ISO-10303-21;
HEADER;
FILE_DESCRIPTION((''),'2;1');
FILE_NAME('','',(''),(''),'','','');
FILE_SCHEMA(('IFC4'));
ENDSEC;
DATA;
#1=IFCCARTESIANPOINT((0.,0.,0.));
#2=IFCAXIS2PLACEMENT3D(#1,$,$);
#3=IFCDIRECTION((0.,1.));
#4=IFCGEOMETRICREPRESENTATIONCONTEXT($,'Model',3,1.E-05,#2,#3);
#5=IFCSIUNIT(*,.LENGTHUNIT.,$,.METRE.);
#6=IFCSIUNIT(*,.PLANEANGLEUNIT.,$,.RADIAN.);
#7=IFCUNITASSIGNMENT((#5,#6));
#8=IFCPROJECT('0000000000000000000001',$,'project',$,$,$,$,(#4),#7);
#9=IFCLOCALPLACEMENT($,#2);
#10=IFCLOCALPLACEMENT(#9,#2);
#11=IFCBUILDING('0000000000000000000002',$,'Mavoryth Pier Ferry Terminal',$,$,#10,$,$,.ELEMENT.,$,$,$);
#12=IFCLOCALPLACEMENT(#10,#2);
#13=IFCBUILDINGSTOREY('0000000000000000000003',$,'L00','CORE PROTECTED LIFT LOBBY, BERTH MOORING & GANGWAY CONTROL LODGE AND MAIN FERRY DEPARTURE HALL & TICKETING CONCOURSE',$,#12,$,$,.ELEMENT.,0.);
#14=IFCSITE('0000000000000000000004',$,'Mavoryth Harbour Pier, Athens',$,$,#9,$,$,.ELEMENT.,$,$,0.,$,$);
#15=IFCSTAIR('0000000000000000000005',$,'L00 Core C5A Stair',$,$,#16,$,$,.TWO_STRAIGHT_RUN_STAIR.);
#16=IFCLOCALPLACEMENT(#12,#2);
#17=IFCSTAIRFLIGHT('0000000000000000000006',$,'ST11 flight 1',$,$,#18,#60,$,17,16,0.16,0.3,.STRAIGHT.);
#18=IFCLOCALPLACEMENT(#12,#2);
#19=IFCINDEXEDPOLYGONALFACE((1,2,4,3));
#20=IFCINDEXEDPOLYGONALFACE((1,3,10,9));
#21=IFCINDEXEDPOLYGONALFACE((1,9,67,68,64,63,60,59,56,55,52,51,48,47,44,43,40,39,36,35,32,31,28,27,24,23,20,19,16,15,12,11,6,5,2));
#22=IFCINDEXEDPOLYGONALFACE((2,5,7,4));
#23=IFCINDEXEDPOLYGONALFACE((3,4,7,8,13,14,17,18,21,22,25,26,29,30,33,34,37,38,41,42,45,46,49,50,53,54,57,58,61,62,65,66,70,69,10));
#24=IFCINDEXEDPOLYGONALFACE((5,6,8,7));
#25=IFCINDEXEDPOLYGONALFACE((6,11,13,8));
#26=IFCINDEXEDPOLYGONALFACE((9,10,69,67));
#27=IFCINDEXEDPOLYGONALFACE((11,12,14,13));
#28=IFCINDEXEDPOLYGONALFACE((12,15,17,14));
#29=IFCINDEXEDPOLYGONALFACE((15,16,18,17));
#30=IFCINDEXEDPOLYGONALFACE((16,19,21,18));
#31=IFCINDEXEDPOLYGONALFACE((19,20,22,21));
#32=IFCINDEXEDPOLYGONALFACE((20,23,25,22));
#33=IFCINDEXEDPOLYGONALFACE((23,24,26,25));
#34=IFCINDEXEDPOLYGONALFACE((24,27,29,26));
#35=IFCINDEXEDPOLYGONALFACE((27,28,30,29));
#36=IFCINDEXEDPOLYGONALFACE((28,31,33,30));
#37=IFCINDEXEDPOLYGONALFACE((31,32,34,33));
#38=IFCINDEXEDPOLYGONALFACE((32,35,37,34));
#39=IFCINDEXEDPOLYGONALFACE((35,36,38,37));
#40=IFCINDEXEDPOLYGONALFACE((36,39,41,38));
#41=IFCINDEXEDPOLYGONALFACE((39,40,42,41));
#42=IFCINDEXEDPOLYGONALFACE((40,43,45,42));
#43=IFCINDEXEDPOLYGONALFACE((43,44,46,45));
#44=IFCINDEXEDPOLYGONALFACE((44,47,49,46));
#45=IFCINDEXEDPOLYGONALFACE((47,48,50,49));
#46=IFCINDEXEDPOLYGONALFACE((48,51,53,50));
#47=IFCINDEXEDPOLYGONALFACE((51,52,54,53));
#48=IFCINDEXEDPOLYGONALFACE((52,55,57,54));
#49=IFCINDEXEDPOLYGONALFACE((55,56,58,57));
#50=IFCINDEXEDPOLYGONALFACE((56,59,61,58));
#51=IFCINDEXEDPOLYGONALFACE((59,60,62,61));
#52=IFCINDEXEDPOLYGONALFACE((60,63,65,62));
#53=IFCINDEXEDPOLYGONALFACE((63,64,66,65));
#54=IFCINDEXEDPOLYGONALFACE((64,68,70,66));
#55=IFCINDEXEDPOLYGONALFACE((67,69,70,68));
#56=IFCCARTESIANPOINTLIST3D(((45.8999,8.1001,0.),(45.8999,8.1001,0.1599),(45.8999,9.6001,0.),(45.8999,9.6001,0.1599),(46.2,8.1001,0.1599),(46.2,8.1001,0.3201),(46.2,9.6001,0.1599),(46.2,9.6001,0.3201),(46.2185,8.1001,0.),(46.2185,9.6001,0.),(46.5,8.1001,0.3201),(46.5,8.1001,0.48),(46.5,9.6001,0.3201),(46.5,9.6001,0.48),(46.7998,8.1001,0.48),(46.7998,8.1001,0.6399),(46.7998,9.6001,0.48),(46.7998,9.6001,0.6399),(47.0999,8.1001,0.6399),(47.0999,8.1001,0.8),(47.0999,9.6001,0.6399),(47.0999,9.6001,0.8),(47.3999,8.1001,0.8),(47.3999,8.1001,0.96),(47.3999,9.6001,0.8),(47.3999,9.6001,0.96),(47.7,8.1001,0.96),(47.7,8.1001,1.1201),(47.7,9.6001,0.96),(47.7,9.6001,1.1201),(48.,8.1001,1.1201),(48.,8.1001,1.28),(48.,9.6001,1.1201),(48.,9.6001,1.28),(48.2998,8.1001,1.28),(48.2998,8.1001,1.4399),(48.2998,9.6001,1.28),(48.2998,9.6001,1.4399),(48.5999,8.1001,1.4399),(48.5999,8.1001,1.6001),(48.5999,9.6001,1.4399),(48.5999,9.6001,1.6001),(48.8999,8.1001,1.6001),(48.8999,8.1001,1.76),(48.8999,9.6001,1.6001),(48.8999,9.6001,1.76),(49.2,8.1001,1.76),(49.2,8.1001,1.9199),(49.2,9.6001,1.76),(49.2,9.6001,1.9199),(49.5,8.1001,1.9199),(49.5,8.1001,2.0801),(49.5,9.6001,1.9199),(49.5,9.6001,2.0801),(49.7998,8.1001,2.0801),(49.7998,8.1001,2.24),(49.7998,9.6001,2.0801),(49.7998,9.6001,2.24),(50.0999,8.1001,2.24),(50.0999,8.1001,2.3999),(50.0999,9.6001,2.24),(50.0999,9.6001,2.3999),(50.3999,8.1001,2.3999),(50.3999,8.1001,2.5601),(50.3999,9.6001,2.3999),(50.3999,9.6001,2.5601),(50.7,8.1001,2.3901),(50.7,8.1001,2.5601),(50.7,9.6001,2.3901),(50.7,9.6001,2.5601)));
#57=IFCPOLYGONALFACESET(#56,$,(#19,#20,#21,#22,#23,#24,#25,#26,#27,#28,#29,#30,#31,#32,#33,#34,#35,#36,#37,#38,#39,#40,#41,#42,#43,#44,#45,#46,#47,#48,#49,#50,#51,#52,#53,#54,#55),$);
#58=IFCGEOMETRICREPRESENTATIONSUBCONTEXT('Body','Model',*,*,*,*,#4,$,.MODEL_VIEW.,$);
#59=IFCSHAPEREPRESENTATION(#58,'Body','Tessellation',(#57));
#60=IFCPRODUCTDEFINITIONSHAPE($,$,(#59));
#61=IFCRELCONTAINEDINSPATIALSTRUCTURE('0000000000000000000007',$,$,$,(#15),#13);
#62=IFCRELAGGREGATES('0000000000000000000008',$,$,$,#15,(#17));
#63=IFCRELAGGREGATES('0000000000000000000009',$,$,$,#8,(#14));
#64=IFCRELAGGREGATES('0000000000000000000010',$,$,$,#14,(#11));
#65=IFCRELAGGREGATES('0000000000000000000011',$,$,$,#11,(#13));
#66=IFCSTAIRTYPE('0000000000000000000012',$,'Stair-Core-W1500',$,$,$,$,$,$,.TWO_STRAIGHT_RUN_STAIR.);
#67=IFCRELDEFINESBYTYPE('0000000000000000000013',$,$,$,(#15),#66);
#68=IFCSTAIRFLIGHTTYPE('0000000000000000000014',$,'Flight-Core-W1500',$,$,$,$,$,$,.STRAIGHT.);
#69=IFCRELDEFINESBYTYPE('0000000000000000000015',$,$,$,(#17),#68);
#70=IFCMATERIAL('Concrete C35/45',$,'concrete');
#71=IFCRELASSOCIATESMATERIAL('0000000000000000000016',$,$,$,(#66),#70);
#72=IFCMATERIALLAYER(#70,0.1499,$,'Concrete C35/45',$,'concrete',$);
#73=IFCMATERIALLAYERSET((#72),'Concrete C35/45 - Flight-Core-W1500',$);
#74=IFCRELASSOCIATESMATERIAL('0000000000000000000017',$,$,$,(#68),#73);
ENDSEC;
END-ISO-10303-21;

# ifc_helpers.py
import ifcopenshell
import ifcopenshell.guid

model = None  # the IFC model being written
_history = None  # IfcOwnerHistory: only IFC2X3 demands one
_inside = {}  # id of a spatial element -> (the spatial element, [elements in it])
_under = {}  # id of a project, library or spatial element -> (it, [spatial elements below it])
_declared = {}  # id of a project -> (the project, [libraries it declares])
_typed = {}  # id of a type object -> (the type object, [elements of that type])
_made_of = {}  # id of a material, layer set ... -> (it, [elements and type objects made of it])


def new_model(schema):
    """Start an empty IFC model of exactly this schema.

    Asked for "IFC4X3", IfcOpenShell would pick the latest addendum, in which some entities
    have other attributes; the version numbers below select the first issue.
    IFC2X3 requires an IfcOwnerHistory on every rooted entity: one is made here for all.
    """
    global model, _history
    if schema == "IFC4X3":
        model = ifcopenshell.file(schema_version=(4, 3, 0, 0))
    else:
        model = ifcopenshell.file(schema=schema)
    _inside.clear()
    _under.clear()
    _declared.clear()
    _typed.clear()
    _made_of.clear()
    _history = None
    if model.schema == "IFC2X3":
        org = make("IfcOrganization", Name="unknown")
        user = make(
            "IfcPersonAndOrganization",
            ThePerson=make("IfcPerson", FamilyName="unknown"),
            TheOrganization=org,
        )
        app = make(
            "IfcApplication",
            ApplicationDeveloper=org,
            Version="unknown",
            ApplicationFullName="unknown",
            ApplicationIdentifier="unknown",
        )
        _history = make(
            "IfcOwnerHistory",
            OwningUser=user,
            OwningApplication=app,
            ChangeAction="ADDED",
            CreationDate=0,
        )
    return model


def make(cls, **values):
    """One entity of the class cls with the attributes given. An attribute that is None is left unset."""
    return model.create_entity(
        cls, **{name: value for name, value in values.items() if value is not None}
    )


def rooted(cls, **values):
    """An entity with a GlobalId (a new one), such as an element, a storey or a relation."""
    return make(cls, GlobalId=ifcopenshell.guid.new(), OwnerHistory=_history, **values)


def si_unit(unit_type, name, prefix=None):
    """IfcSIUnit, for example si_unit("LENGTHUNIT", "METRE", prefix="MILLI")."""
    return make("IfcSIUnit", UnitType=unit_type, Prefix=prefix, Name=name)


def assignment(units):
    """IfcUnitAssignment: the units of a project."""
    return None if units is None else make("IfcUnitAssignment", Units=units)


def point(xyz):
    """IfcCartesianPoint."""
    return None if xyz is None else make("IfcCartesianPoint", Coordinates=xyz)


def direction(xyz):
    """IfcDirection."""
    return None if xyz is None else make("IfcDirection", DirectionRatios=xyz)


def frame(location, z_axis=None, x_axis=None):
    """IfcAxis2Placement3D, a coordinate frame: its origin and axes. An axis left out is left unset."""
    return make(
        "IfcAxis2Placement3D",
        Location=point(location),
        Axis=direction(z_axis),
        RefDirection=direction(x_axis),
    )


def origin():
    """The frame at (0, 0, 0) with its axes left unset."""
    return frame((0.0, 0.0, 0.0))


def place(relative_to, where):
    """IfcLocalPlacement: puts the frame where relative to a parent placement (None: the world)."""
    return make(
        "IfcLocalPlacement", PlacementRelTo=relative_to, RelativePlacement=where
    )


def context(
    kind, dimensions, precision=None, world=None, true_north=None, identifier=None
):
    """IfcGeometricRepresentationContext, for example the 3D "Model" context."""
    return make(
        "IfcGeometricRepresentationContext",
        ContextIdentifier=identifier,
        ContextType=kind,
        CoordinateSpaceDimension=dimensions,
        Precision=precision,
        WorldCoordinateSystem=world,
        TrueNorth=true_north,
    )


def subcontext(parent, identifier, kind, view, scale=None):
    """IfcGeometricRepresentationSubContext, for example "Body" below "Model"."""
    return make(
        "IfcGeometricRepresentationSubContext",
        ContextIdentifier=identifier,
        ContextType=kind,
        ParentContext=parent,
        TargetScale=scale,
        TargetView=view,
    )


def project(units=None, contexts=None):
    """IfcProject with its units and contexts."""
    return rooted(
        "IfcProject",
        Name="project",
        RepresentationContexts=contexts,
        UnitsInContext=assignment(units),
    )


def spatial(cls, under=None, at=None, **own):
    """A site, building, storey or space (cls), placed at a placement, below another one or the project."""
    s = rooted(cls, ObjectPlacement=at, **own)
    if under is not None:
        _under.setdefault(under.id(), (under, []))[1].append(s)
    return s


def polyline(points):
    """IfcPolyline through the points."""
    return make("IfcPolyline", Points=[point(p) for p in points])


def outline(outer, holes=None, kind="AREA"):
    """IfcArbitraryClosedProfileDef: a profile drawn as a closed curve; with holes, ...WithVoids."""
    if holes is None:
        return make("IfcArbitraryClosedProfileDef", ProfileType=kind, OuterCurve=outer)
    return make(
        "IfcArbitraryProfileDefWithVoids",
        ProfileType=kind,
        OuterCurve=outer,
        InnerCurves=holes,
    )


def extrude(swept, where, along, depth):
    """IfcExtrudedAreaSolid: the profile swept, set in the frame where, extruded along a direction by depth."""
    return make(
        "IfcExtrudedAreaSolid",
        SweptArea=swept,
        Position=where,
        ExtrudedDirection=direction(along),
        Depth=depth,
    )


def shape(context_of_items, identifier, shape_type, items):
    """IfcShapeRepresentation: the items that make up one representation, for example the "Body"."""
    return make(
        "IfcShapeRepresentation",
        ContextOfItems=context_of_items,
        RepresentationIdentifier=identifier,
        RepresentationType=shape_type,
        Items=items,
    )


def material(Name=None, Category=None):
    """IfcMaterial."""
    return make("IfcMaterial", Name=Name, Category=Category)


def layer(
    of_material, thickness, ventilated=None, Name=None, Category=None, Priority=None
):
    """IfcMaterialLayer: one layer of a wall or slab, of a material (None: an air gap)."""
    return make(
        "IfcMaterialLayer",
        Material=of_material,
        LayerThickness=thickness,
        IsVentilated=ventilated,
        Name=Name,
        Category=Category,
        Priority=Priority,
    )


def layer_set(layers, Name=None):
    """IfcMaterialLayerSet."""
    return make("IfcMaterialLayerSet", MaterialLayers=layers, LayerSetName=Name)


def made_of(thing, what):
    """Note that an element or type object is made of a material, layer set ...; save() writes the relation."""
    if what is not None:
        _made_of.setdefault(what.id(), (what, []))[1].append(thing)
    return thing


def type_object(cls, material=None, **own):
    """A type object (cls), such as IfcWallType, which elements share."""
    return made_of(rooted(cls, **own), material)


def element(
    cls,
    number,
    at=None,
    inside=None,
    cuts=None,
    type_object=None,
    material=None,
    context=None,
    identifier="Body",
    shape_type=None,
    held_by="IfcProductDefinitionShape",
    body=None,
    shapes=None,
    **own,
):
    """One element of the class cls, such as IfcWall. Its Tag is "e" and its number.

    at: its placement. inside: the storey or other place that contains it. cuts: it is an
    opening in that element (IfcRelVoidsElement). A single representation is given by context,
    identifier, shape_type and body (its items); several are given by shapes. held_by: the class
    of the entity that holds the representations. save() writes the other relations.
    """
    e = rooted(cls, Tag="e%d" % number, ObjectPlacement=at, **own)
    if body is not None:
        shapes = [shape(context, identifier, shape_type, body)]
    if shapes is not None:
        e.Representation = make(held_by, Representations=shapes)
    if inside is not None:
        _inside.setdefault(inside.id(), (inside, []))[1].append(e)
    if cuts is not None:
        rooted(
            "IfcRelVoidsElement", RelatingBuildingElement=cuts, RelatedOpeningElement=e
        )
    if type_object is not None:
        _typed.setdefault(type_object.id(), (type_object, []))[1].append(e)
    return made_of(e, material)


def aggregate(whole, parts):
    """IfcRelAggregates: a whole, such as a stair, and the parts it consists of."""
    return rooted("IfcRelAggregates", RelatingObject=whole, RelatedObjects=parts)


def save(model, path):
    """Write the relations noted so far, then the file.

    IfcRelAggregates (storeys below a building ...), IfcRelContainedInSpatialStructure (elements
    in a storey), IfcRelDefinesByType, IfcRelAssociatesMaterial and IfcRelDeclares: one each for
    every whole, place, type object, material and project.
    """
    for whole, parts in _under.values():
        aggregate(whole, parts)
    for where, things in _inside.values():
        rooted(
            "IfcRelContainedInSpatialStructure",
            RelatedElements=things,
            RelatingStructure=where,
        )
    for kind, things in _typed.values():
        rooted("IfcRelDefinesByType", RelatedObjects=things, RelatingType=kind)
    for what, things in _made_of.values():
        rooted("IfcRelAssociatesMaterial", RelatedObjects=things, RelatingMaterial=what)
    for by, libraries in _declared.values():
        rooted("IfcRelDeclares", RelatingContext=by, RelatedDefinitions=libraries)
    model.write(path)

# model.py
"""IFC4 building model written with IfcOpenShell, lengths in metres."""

from ifc_helpers import new_model, si_unit, direction, frame, origin, place, context, subcontext, project, spatial, polyline, outline, extrude, material, layer, layer_set, type_object, element, aggregate, save


model = new_model("IFC4")

# Units and contexts
model_context = context("Model", 3, precision=1e-05, world=origin(), true_north=direction((0.0, 1.0)))
body_context = subcontext(model_context, "Body", "Model", "MODEL_VIEW")
ifc_project = project(units=[si_unit("LENGTHUNIT", "METRE"), si_unit("PLANEANGLEUNIT", "RADIAN")], contexts=[model_context])

# Site, building, storey
site_placement = place(None, origin())
site = spatial("IfcSite", under=ifc_project, at=site_placement, Name="Mavoryth Harbour Pier, Athens", CompositionType="ELEMENT", RefElevation=0.0)
building_placement = place(site_placement, origin())
building = spatial("IfcBuilding", under=site, at=building_placement, Name="Mavoryth Pier Ferry Terminal", CompositionType="ELEMENT")
storey_placement = place(building_placement, origin())
storey = spatial("IfcBuildingStorey", under=building, at=storey_placement, Name="L00", Description="CORE PROTECTED LIFT LOBBY, BERTH MOORING & GANGWAY CONTROL LODGE AND MAIN FERRY DEPARTURE HALL & TICKETING CONCOURSE", CompositionType="ELEMENT", Elevation=0.0)

# Shared definitions
ifc_material_1 = material(Name="Concrete C35/45", Category="concrete")

# Stair, stair flight
stair_type = type_object("IfcStairType", Name="Stair-Core-W1500", PredefinedType="TWO_STRAIGHT_RUN_STAIR", material=ifc_material_1)
stair_placement = place(storey_placement, origin())
stair = element("IfcStair", 1, at=stair_placement, inside=storey, type_object=stair_type, Name="L00 Core C5A Stair", PredefinedType="TWO_STRAIGHT_RUN_STAIR")
ifc_layer_1 = layer(ifc_material_1, 0.1499, Name="Concrete C35/45", Category="concrete")
ifc_layer_set_1 = layer_set([ifc_layer_1], Name="Concrete C35/45 - Flight-Core-W1500")
stair_flight_type = type_object("IfcStairFlightType", Name="Flight-Core-W1500", PredefinedType="STRAIGHT", material=ifc_layer_set_1)
stair_flight_placement = place(storey_placement, frame((45.8999, 8.8501, 0.0), z_axis=(0.0, 0.0, 1.0), x_axis=(1.0, 0.0, 0.0)))
stair_flight = element("IfcStairFlight", 2, at=stair_flight_placement, type_object=stair_flight_type, Name="ST11 flight 1", NumberOfRisers=17, NumberOfTreads=16, PredefinedType="STRAIGHT", RiserHeight=0.16, TreadLength=0.3, context=body_context, shape_type="SweptSolid", body=[
    extrude(outline(polyline([(0.0, 0.0), (0.0, 0.1599), (0.3, 0.1599), (0.3, 0.3201), (0.6001, 0.3201), (0.6001, 0.48), (0.8999, 0.48), (0.8999, 0.6399), (1.2, 0.6399), (1.2, 0.8), (1.5, 0.8), (1.5, 0.96), (1.8, 0.96), (1.8, 1.1201), (2.1001, 1.1201), (2.1001, 1.28), (2.3999, 1.28), (2.3999, 1.4399), (2.7, 1.4399), (2.7, 1.6001), (3.0, 1.6001), (3.0, 1.76), (3.3, 1.76), (3.3, 1.9199), (3.6001, 1.9199), (3.6001, 2.0801), (3.8999, 2.0801), (3.8999, 2.24), (4.2, 2.24), (4.2, 2.3999), (4.5, 2.3999), (4.5, 2.5601), (4.8, 2.5601), (4.8, 2.72), (4.8, 2.3901), (0.3186, 0.0), (0.0, 0.0)])), frame((0.0, 0.75, 0.0), z_axis=(0.0, -1.0, 0.0), x_axis=(1.0, 0.0, 0.0)), (0.0, 0.0, 1.0), 1.5),
])
aggregate(stair, [stair_flight])

save(model, "model.ifc")
